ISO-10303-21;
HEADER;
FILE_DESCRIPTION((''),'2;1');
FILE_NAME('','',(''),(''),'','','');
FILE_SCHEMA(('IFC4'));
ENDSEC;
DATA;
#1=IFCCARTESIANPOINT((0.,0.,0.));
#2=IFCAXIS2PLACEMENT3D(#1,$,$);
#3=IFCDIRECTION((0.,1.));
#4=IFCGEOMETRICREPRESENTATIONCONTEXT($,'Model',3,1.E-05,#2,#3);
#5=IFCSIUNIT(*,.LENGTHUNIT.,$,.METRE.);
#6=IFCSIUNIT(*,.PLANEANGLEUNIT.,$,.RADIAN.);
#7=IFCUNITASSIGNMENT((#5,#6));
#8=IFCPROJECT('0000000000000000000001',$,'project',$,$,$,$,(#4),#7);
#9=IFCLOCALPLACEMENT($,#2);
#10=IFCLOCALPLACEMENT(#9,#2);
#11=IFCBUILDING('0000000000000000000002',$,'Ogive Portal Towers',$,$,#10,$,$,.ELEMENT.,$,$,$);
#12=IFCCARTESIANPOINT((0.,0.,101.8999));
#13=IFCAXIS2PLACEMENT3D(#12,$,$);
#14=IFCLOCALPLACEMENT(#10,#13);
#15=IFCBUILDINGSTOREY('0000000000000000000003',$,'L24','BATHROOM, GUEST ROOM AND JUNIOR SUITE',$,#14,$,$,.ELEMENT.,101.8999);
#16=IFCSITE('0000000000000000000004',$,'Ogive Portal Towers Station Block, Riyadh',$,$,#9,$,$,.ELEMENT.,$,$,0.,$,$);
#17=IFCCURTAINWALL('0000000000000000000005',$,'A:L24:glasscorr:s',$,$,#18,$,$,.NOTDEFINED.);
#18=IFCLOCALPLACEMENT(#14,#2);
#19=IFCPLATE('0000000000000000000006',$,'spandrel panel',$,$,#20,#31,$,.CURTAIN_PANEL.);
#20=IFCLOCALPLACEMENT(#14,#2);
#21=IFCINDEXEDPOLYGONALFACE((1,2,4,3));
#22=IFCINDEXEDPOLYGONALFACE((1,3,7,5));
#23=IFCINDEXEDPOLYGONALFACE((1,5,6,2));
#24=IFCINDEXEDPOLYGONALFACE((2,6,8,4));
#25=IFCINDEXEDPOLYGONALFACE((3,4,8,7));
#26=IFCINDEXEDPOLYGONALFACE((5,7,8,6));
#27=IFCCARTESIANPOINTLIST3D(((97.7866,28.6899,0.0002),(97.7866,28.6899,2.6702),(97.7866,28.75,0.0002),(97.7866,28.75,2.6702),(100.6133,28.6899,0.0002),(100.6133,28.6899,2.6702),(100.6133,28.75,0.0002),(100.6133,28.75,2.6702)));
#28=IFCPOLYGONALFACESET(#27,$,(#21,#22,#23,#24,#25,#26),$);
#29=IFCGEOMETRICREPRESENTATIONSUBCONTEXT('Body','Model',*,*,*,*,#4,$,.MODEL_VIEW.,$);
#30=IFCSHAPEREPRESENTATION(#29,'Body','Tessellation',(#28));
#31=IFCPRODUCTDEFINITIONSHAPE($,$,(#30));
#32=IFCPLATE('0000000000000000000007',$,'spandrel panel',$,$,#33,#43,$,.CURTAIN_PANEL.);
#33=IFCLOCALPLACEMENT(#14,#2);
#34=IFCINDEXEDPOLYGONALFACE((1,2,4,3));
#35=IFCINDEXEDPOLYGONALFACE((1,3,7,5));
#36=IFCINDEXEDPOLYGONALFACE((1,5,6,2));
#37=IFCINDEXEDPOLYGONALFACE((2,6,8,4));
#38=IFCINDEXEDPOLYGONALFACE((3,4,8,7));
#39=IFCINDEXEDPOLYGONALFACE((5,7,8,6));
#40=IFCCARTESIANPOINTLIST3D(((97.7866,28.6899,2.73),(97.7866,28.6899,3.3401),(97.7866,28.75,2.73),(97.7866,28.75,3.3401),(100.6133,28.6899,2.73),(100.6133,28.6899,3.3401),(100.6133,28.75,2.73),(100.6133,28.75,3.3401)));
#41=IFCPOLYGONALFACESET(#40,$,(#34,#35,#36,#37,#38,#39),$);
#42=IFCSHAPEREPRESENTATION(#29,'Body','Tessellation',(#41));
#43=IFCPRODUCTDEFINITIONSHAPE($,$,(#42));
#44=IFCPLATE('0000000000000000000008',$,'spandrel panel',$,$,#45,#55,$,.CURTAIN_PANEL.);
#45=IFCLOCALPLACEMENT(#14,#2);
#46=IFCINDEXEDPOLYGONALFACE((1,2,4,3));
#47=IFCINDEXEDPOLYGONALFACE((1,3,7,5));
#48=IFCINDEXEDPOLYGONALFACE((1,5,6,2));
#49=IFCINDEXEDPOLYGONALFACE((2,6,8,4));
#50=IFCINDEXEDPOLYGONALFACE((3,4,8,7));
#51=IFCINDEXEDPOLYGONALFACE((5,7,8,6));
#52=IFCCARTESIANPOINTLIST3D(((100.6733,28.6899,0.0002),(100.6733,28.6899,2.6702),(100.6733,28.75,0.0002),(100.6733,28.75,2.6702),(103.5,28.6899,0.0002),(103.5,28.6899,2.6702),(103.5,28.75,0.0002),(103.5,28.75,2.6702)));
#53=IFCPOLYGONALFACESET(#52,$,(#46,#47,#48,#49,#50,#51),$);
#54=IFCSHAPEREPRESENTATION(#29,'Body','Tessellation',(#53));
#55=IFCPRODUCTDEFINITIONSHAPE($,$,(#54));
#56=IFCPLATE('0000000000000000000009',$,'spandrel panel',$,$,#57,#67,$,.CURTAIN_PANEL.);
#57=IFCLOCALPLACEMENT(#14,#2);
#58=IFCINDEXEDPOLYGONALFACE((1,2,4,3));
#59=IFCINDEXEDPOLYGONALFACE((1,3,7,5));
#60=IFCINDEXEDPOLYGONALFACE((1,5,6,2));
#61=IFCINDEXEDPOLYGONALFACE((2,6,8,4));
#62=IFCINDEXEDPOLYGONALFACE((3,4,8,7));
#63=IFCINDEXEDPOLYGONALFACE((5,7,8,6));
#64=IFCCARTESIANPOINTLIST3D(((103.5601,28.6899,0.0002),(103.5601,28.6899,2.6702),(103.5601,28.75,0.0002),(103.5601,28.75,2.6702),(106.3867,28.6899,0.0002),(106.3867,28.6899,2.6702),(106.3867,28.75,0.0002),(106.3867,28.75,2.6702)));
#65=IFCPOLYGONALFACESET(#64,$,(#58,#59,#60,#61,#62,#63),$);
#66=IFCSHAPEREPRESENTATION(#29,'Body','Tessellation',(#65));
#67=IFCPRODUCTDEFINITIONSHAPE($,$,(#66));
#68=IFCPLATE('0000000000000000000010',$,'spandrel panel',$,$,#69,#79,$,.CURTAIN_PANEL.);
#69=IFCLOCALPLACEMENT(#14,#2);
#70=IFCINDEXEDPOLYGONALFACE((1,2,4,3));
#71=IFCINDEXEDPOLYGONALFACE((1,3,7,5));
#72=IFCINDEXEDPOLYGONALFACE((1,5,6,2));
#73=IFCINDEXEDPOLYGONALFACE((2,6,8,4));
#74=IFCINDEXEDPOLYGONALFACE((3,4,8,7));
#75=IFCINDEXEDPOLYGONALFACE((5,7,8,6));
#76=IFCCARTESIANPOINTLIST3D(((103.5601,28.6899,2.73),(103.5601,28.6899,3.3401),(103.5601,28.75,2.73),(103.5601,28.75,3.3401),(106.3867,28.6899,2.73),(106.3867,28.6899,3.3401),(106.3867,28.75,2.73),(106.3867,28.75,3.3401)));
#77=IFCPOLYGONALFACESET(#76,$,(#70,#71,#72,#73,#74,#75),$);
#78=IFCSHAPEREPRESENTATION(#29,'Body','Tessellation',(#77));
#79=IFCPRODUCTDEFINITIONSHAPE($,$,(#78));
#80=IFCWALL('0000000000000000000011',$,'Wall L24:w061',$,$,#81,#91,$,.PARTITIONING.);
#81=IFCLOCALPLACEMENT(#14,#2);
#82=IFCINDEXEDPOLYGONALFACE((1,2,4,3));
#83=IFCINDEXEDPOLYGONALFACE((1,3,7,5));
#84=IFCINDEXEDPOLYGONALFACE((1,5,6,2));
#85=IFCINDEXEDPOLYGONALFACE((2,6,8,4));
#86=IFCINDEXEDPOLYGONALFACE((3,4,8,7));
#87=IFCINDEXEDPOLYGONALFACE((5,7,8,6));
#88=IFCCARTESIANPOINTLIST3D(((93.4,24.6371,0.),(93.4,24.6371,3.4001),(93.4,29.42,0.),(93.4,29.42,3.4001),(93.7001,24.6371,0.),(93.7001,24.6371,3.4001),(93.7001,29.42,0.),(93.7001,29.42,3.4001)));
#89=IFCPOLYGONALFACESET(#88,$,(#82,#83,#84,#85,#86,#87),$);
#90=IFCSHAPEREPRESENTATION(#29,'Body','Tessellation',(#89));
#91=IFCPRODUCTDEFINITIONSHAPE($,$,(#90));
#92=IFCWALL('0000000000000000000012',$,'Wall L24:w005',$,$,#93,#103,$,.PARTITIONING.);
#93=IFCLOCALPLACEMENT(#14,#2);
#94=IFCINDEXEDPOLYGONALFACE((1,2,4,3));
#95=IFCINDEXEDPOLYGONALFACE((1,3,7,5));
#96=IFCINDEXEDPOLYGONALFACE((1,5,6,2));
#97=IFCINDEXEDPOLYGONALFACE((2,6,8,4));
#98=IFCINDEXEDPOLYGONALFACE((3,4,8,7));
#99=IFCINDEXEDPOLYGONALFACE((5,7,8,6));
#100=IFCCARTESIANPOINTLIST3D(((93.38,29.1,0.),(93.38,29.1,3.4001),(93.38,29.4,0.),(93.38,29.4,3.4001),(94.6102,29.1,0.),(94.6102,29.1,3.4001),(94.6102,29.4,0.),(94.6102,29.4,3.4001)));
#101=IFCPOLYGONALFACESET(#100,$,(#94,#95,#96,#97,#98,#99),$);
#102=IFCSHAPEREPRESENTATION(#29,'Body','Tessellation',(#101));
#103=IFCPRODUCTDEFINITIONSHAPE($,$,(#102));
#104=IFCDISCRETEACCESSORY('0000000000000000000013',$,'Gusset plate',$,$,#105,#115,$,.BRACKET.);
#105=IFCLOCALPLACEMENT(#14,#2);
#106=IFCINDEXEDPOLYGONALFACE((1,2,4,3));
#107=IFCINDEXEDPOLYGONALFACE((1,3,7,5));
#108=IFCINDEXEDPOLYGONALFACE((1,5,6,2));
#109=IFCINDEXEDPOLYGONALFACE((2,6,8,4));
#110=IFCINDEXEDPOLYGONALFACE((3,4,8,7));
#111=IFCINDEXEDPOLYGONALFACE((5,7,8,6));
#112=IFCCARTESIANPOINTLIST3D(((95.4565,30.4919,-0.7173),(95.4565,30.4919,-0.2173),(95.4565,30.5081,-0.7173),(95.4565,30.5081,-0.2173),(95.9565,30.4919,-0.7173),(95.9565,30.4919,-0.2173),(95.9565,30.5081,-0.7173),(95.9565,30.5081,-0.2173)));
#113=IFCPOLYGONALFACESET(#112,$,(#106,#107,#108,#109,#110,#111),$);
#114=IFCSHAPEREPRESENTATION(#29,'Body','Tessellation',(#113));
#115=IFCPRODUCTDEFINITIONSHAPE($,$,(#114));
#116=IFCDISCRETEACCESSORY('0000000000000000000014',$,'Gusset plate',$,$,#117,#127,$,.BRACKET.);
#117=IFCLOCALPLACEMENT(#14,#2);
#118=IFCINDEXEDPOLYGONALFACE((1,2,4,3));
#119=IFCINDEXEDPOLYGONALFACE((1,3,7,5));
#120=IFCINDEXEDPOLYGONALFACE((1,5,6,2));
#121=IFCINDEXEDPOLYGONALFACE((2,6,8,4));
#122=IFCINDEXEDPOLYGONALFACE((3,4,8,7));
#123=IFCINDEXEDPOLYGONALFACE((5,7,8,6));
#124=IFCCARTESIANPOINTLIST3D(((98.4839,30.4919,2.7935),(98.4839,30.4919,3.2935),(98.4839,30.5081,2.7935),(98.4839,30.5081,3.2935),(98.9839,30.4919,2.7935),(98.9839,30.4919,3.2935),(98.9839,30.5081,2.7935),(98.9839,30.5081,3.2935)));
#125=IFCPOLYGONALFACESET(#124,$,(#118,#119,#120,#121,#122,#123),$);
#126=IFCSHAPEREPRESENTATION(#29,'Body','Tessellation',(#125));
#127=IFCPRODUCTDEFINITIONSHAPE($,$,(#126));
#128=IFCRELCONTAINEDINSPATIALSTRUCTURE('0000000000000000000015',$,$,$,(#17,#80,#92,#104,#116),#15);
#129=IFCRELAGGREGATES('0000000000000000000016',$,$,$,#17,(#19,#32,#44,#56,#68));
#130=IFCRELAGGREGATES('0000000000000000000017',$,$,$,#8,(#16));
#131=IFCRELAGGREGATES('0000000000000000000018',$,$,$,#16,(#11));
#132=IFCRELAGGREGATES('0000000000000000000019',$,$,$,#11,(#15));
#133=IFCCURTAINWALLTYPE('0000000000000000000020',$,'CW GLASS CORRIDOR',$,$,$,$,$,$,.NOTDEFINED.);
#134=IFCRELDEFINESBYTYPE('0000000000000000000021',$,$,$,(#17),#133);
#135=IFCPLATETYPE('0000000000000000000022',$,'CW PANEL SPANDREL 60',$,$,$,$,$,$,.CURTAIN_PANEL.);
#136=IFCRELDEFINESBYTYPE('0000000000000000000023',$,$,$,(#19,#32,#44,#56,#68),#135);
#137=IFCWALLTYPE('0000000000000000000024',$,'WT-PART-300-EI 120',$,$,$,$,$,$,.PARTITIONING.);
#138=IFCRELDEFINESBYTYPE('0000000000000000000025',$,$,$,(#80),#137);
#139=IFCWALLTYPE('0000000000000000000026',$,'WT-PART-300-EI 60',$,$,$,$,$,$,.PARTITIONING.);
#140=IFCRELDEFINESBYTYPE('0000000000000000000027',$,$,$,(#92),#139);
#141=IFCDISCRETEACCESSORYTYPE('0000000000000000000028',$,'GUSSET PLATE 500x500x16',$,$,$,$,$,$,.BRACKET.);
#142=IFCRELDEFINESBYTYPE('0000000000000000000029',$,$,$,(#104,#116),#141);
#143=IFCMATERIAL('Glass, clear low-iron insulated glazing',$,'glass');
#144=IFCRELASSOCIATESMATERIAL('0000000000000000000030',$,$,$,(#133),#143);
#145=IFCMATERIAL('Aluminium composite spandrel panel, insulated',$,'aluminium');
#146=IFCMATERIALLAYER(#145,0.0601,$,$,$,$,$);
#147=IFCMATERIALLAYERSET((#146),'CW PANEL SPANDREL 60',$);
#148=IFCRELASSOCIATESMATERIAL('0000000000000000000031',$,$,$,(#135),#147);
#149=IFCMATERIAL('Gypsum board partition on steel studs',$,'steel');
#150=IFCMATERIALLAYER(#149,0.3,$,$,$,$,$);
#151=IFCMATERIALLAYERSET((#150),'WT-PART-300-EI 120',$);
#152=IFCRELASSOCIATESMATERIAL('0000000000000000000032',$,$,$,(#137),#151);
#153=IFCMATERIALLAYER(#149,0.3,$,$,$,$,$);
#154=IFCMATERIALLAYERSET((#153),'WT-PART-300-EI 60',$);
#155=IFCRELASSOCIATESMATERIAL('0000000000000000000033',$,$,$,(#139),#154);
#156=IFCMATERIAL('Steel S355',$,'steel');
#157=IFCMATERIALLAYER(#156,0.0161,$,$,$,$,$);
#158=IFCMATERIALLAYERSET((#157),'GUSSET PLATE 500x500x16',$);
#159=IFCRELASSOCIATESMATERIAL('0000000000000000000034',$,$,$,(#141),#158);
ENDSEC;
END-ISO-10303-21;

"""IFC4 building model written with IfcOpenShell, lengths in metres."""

from ifc_helpers import new_model, si_unit, direction, frame, frame_2d, origin, origin_2d, place, context, subcontext, project, spatial, rectangle, extrude, material, layer, layer_set, type_object, element, aggregate, save


model = new_model("IFC4")

# Units and contexts
model_context = context("Model", 3, precision=1e-05, world=origin(), true_north=direction((0.0, 1.0)))
body_context = subcontext(model_context, "Body", "Model", "MODEL_VIEW")
ifc_project = project(units=[si_unit("LENGTHUNIT", "METRE"), si_unit("PLANEANGLEUNIT", "RADIAN")], contexts=[model_context])

# Site, building, storey
site_placement = place(None, origin())
site = spatial("IfcSite", under=ifc_project, at=site_placement, Name="Ogive Portal Towers Station Block, Riyadh", CompositionType="ELEMENT", RefElevation=0.0)
building_placement = place(site_placement, origin())
building = spatial("IfcBuilding", under=site, at=building_placement, Name="Ogive Portal Towers", CompositionType="ELEMENT")
storey_placement = place(building_placement, frame((0.0, 0.0, 101.8999)))
storey = spatial("IfcBuildingStorey", under=building, at=storey_placement, Name="L24", Description="BATHROOM, GUEST ROOM AND JUNIOR SUITE", CompositionType="ELEMENT", Elevation=101.8999)

# Shared definitions
ifc_material_1 = material(Name="Steel S355", Category="steel")

# Shared definitions
ifc_material_2 = material(Name="Glass, clear low-iron insulated glazing", Category="glass")

# Curtain wall
curtain_wall_type_1 = type_object("IfcCurtainWallType", Name="CW GLASS CORRIDOR", PredefinedType="NOTDEFINED", material=ifc_material_2)
curtain_wall_1_placement = place(storey_placement, origin())
curtain_wall_1 = element("IfcCurtainWall", 1, at=curtain_wall_1_placement, inside=storey, type_object=curtain_wall_type_1, Name="A:L24:glasscorr:s", PredefinedType="NOTDEFINED")

# Plates
ifc_material_3 = material(Name="Aluminium composite spandrel panel, insulated", Category="aluminium")
ifc_layer_1 = layer(ifc_material_3, 0.0601)
ifc_layer_set_1 = layer_set([ifc_layer_1], Name="CW PANEL SPANDREL 60")
plate_type_1 = type_object("IfcPlateType", Name="CW PANEL SPANDREL 60", PredefinedType="CURTAIN_PANEL", material=ifc_layer_set_1)
plate_1_placement = place(storey_placement, frame((99.2, 28.72, 0.0002), z_axis=(0.0, 0.0, 1.0), x_axis=(1.0, 0.0, 0.0)))
plate_1 = element("IfcPlate", 2, at=plate_1_placement, type_object=plate_type_1, Name="spandrel panel", PredefinedType="CURTAIN_PANEL", context=body_context, shape_type="SweptSolid", body=[
    extrude(rectangle(XDim=2.8267, YDim=0.0601, at=origin_2d()), origin(), (0.0, 0.0, 1.0), 2.6699),
])
plate_2_placement = place(storey_placement, frame((99.2, 28.72, 2.73), z_axis=(0.0, 0.0, 1.0), x_axis=(1.0, 0.0, 0.0)))
plate_2 = element("IfcPlate", 3, at=plate_2_placement, type_object=plate_type_1, Name="spandrel panel", PredefinedType="CURTAIN_PANEL", context=body_context, shape_type="SweptSolid", body=[
    extrude(rectangle(XDim=2.8267, YDim=0.0601, at=origin_2d()), origin(), (0.0, 0.0, 1.0), 0.6101),
])
plate_3_placement = place(storey_placement, frame((102.0867, 28.72, 0.0002), z_axis=(0.0, 0.0, 1.0), x_axis=(1.0, 0.0, 0.0)))
plate_3 = element("IfcPlate", 4, at=plate_3_placement, type_object=plate_type_1, Name="spandrel panel", PredefinedType="CURTAIN_PANEL", context=body_context, shape_type="SweptSolid", body=[
    extrude(rectangle(XDim=2.8267, YDim=0.0601, at=origin_2d()), origin(), (0.0, 0.0, 1.0), 2.6699),
])
plate_4_placement = place(storey_placement, frame((104.9734, 28.72, 0.0002), z_axis=(0.0, 0.0, 1.0), x_axis=(1.0, 0.0, 0.0)))
plate_4 = element("IfcPlate", 5, at=plate_4_placement, type_object=plate_type_1, Name="spandrel panel", PredefinedType="CURTAIN_PANEL", context=body_context, shape_type="SweptSolid", body=[
    extrude(rectangle(XDim=2.8267, YDim=0.0601, at=origin_2d()), origin(), (0.0, 0.0, 1.0), 2.6699),
])
plate_5_placement = place(storey_placement, frame((104.9734, 28.72, 2.73), z_axis=(0.0, 0.0, 1.0), x_axis=(1.0, 0.0, 0.0)))
plate_5 = element("IfcPlate", 6, at=plate_5_placement, type_object=plate_type_1, Name="spandrel panel", PredefinedType="CURTAIN_PANEL", context=body_context, shape_type="SweptSolid", body=[
    extrude(rectangle(XDim=2.8267, YDim=0.0601, at=origin_2d()), origin(), (0.0, 0.0, 1.0), 0.6101),
])
aggregate(curtain_wall_1, [plate_1, plate_2, plate_3, plate_4, plate_5])

# Walls
ifc_material_4 = material(Name="Gypsum board partition on steel studs", Category="steel")
ifc_layer_2 = layer(ifc_material_4, 0.3)
ifc_layer_set_2 = layer_set([ifc_layer_2], Name="WT-PART-300-EI 120")
wall_type_1 = type_object("IfcWallType", Name="WT-PART-300-EI 120", PredefinedType="PARTITIONING", material=ifc_layer_set_2)
wall_1_placement = place(storey_placement, frame((93.55, 24.637, 0.0), z_axis=(0.0, 0.0, 1.0), x_axis=(0.0, 1.0, 0.0)))
element("IfcWall", 7, at=wall_1_placement, inside=storey, type_object=wall_type_1, Name="Wall L24:w061", PredefinedType="PARTITIONING", context=body_context, shape_type="SweptSolid", body=[
    extrude(rectangle(XDim=4.783, YDim=0.3, at=frame_2d((2.3916, 0.0))), origin(), (0.0, 0.0, 1.0), 3.4001),
])
ifc_layer_3 = layer(ifc_material_4, 0.3)
ifc_layer_set_3 = layer_set([ifc_layer_3], Name="WT-PART-300-EI 60")
wall_type_2 = type_object("IfcWallType", Name="WT-PART-300-EI 60", PredefinedType="PARTITIONING", material=ifc_layer_set_3)
wall_2_placement = place(storey_placement, frame((93.3799, 29.25, 0.0), z_axis=(0.0, 0.0, 1.0), x_axis=(1.0, 0.0, 0.0)))
element("IfcWall", 8, at=wall_2_placement, inside=storey, type_object=wall_type_2, Name="Wall L24:w005", PredefinedType="PARTITIONING", context=body_context, shape_type="SweptSolid", body=[
    extrude(rectangle(XDim=1.2302, YDim=0.3, at=frame_2d((0.6152, 0.0))), origin(), (0.0, 0.0, 1.0), 3.4001),
])

# Discrete accessories
ifc_layer_4 = layer(ifc_material_1, 0.0161)
ifc_layer_set_4 = layer_set([ifc_layer_4], Name="GUSSET PLATE 500x500x16")
discrete_accessory_type = type_object("IfcDiscreteAccessoryType", Name="GUSSET PLATE 500x500x16", PredefinedType="BRACKET", material=ifc_layer_set_4)
for number, where, z_axis, x_axis, name in (
    (9, (95.7065, 30.5, -0.7173), (0.0, 0.0, 1.0), (1.0, 0.0, 0.0), "Gusset plate"),
    (10, (98.7339, 30.5, 2.7935), (0.0, 0.0, 1.0), (1.0, 0.0, 0.0), "Gusset plate"),
):
    element("IfcDiscreteAccessory", number, at=place(storey_placement, frame(where, z_axis=z_axis, x_axis=x_axis)), inside=storey, type_object=discrete_accessory_type, Name=name, PredefinedType="BRACKET", context=body_context, shape_type="SweptSolid", body=[
        extrude(rectangle(XDim=0.5, YDim=0.0161, at=origin_2d()), origin(), (0.0, 0.0, 1.0), 0.5),
    ])

save(model, "model.ifc")
